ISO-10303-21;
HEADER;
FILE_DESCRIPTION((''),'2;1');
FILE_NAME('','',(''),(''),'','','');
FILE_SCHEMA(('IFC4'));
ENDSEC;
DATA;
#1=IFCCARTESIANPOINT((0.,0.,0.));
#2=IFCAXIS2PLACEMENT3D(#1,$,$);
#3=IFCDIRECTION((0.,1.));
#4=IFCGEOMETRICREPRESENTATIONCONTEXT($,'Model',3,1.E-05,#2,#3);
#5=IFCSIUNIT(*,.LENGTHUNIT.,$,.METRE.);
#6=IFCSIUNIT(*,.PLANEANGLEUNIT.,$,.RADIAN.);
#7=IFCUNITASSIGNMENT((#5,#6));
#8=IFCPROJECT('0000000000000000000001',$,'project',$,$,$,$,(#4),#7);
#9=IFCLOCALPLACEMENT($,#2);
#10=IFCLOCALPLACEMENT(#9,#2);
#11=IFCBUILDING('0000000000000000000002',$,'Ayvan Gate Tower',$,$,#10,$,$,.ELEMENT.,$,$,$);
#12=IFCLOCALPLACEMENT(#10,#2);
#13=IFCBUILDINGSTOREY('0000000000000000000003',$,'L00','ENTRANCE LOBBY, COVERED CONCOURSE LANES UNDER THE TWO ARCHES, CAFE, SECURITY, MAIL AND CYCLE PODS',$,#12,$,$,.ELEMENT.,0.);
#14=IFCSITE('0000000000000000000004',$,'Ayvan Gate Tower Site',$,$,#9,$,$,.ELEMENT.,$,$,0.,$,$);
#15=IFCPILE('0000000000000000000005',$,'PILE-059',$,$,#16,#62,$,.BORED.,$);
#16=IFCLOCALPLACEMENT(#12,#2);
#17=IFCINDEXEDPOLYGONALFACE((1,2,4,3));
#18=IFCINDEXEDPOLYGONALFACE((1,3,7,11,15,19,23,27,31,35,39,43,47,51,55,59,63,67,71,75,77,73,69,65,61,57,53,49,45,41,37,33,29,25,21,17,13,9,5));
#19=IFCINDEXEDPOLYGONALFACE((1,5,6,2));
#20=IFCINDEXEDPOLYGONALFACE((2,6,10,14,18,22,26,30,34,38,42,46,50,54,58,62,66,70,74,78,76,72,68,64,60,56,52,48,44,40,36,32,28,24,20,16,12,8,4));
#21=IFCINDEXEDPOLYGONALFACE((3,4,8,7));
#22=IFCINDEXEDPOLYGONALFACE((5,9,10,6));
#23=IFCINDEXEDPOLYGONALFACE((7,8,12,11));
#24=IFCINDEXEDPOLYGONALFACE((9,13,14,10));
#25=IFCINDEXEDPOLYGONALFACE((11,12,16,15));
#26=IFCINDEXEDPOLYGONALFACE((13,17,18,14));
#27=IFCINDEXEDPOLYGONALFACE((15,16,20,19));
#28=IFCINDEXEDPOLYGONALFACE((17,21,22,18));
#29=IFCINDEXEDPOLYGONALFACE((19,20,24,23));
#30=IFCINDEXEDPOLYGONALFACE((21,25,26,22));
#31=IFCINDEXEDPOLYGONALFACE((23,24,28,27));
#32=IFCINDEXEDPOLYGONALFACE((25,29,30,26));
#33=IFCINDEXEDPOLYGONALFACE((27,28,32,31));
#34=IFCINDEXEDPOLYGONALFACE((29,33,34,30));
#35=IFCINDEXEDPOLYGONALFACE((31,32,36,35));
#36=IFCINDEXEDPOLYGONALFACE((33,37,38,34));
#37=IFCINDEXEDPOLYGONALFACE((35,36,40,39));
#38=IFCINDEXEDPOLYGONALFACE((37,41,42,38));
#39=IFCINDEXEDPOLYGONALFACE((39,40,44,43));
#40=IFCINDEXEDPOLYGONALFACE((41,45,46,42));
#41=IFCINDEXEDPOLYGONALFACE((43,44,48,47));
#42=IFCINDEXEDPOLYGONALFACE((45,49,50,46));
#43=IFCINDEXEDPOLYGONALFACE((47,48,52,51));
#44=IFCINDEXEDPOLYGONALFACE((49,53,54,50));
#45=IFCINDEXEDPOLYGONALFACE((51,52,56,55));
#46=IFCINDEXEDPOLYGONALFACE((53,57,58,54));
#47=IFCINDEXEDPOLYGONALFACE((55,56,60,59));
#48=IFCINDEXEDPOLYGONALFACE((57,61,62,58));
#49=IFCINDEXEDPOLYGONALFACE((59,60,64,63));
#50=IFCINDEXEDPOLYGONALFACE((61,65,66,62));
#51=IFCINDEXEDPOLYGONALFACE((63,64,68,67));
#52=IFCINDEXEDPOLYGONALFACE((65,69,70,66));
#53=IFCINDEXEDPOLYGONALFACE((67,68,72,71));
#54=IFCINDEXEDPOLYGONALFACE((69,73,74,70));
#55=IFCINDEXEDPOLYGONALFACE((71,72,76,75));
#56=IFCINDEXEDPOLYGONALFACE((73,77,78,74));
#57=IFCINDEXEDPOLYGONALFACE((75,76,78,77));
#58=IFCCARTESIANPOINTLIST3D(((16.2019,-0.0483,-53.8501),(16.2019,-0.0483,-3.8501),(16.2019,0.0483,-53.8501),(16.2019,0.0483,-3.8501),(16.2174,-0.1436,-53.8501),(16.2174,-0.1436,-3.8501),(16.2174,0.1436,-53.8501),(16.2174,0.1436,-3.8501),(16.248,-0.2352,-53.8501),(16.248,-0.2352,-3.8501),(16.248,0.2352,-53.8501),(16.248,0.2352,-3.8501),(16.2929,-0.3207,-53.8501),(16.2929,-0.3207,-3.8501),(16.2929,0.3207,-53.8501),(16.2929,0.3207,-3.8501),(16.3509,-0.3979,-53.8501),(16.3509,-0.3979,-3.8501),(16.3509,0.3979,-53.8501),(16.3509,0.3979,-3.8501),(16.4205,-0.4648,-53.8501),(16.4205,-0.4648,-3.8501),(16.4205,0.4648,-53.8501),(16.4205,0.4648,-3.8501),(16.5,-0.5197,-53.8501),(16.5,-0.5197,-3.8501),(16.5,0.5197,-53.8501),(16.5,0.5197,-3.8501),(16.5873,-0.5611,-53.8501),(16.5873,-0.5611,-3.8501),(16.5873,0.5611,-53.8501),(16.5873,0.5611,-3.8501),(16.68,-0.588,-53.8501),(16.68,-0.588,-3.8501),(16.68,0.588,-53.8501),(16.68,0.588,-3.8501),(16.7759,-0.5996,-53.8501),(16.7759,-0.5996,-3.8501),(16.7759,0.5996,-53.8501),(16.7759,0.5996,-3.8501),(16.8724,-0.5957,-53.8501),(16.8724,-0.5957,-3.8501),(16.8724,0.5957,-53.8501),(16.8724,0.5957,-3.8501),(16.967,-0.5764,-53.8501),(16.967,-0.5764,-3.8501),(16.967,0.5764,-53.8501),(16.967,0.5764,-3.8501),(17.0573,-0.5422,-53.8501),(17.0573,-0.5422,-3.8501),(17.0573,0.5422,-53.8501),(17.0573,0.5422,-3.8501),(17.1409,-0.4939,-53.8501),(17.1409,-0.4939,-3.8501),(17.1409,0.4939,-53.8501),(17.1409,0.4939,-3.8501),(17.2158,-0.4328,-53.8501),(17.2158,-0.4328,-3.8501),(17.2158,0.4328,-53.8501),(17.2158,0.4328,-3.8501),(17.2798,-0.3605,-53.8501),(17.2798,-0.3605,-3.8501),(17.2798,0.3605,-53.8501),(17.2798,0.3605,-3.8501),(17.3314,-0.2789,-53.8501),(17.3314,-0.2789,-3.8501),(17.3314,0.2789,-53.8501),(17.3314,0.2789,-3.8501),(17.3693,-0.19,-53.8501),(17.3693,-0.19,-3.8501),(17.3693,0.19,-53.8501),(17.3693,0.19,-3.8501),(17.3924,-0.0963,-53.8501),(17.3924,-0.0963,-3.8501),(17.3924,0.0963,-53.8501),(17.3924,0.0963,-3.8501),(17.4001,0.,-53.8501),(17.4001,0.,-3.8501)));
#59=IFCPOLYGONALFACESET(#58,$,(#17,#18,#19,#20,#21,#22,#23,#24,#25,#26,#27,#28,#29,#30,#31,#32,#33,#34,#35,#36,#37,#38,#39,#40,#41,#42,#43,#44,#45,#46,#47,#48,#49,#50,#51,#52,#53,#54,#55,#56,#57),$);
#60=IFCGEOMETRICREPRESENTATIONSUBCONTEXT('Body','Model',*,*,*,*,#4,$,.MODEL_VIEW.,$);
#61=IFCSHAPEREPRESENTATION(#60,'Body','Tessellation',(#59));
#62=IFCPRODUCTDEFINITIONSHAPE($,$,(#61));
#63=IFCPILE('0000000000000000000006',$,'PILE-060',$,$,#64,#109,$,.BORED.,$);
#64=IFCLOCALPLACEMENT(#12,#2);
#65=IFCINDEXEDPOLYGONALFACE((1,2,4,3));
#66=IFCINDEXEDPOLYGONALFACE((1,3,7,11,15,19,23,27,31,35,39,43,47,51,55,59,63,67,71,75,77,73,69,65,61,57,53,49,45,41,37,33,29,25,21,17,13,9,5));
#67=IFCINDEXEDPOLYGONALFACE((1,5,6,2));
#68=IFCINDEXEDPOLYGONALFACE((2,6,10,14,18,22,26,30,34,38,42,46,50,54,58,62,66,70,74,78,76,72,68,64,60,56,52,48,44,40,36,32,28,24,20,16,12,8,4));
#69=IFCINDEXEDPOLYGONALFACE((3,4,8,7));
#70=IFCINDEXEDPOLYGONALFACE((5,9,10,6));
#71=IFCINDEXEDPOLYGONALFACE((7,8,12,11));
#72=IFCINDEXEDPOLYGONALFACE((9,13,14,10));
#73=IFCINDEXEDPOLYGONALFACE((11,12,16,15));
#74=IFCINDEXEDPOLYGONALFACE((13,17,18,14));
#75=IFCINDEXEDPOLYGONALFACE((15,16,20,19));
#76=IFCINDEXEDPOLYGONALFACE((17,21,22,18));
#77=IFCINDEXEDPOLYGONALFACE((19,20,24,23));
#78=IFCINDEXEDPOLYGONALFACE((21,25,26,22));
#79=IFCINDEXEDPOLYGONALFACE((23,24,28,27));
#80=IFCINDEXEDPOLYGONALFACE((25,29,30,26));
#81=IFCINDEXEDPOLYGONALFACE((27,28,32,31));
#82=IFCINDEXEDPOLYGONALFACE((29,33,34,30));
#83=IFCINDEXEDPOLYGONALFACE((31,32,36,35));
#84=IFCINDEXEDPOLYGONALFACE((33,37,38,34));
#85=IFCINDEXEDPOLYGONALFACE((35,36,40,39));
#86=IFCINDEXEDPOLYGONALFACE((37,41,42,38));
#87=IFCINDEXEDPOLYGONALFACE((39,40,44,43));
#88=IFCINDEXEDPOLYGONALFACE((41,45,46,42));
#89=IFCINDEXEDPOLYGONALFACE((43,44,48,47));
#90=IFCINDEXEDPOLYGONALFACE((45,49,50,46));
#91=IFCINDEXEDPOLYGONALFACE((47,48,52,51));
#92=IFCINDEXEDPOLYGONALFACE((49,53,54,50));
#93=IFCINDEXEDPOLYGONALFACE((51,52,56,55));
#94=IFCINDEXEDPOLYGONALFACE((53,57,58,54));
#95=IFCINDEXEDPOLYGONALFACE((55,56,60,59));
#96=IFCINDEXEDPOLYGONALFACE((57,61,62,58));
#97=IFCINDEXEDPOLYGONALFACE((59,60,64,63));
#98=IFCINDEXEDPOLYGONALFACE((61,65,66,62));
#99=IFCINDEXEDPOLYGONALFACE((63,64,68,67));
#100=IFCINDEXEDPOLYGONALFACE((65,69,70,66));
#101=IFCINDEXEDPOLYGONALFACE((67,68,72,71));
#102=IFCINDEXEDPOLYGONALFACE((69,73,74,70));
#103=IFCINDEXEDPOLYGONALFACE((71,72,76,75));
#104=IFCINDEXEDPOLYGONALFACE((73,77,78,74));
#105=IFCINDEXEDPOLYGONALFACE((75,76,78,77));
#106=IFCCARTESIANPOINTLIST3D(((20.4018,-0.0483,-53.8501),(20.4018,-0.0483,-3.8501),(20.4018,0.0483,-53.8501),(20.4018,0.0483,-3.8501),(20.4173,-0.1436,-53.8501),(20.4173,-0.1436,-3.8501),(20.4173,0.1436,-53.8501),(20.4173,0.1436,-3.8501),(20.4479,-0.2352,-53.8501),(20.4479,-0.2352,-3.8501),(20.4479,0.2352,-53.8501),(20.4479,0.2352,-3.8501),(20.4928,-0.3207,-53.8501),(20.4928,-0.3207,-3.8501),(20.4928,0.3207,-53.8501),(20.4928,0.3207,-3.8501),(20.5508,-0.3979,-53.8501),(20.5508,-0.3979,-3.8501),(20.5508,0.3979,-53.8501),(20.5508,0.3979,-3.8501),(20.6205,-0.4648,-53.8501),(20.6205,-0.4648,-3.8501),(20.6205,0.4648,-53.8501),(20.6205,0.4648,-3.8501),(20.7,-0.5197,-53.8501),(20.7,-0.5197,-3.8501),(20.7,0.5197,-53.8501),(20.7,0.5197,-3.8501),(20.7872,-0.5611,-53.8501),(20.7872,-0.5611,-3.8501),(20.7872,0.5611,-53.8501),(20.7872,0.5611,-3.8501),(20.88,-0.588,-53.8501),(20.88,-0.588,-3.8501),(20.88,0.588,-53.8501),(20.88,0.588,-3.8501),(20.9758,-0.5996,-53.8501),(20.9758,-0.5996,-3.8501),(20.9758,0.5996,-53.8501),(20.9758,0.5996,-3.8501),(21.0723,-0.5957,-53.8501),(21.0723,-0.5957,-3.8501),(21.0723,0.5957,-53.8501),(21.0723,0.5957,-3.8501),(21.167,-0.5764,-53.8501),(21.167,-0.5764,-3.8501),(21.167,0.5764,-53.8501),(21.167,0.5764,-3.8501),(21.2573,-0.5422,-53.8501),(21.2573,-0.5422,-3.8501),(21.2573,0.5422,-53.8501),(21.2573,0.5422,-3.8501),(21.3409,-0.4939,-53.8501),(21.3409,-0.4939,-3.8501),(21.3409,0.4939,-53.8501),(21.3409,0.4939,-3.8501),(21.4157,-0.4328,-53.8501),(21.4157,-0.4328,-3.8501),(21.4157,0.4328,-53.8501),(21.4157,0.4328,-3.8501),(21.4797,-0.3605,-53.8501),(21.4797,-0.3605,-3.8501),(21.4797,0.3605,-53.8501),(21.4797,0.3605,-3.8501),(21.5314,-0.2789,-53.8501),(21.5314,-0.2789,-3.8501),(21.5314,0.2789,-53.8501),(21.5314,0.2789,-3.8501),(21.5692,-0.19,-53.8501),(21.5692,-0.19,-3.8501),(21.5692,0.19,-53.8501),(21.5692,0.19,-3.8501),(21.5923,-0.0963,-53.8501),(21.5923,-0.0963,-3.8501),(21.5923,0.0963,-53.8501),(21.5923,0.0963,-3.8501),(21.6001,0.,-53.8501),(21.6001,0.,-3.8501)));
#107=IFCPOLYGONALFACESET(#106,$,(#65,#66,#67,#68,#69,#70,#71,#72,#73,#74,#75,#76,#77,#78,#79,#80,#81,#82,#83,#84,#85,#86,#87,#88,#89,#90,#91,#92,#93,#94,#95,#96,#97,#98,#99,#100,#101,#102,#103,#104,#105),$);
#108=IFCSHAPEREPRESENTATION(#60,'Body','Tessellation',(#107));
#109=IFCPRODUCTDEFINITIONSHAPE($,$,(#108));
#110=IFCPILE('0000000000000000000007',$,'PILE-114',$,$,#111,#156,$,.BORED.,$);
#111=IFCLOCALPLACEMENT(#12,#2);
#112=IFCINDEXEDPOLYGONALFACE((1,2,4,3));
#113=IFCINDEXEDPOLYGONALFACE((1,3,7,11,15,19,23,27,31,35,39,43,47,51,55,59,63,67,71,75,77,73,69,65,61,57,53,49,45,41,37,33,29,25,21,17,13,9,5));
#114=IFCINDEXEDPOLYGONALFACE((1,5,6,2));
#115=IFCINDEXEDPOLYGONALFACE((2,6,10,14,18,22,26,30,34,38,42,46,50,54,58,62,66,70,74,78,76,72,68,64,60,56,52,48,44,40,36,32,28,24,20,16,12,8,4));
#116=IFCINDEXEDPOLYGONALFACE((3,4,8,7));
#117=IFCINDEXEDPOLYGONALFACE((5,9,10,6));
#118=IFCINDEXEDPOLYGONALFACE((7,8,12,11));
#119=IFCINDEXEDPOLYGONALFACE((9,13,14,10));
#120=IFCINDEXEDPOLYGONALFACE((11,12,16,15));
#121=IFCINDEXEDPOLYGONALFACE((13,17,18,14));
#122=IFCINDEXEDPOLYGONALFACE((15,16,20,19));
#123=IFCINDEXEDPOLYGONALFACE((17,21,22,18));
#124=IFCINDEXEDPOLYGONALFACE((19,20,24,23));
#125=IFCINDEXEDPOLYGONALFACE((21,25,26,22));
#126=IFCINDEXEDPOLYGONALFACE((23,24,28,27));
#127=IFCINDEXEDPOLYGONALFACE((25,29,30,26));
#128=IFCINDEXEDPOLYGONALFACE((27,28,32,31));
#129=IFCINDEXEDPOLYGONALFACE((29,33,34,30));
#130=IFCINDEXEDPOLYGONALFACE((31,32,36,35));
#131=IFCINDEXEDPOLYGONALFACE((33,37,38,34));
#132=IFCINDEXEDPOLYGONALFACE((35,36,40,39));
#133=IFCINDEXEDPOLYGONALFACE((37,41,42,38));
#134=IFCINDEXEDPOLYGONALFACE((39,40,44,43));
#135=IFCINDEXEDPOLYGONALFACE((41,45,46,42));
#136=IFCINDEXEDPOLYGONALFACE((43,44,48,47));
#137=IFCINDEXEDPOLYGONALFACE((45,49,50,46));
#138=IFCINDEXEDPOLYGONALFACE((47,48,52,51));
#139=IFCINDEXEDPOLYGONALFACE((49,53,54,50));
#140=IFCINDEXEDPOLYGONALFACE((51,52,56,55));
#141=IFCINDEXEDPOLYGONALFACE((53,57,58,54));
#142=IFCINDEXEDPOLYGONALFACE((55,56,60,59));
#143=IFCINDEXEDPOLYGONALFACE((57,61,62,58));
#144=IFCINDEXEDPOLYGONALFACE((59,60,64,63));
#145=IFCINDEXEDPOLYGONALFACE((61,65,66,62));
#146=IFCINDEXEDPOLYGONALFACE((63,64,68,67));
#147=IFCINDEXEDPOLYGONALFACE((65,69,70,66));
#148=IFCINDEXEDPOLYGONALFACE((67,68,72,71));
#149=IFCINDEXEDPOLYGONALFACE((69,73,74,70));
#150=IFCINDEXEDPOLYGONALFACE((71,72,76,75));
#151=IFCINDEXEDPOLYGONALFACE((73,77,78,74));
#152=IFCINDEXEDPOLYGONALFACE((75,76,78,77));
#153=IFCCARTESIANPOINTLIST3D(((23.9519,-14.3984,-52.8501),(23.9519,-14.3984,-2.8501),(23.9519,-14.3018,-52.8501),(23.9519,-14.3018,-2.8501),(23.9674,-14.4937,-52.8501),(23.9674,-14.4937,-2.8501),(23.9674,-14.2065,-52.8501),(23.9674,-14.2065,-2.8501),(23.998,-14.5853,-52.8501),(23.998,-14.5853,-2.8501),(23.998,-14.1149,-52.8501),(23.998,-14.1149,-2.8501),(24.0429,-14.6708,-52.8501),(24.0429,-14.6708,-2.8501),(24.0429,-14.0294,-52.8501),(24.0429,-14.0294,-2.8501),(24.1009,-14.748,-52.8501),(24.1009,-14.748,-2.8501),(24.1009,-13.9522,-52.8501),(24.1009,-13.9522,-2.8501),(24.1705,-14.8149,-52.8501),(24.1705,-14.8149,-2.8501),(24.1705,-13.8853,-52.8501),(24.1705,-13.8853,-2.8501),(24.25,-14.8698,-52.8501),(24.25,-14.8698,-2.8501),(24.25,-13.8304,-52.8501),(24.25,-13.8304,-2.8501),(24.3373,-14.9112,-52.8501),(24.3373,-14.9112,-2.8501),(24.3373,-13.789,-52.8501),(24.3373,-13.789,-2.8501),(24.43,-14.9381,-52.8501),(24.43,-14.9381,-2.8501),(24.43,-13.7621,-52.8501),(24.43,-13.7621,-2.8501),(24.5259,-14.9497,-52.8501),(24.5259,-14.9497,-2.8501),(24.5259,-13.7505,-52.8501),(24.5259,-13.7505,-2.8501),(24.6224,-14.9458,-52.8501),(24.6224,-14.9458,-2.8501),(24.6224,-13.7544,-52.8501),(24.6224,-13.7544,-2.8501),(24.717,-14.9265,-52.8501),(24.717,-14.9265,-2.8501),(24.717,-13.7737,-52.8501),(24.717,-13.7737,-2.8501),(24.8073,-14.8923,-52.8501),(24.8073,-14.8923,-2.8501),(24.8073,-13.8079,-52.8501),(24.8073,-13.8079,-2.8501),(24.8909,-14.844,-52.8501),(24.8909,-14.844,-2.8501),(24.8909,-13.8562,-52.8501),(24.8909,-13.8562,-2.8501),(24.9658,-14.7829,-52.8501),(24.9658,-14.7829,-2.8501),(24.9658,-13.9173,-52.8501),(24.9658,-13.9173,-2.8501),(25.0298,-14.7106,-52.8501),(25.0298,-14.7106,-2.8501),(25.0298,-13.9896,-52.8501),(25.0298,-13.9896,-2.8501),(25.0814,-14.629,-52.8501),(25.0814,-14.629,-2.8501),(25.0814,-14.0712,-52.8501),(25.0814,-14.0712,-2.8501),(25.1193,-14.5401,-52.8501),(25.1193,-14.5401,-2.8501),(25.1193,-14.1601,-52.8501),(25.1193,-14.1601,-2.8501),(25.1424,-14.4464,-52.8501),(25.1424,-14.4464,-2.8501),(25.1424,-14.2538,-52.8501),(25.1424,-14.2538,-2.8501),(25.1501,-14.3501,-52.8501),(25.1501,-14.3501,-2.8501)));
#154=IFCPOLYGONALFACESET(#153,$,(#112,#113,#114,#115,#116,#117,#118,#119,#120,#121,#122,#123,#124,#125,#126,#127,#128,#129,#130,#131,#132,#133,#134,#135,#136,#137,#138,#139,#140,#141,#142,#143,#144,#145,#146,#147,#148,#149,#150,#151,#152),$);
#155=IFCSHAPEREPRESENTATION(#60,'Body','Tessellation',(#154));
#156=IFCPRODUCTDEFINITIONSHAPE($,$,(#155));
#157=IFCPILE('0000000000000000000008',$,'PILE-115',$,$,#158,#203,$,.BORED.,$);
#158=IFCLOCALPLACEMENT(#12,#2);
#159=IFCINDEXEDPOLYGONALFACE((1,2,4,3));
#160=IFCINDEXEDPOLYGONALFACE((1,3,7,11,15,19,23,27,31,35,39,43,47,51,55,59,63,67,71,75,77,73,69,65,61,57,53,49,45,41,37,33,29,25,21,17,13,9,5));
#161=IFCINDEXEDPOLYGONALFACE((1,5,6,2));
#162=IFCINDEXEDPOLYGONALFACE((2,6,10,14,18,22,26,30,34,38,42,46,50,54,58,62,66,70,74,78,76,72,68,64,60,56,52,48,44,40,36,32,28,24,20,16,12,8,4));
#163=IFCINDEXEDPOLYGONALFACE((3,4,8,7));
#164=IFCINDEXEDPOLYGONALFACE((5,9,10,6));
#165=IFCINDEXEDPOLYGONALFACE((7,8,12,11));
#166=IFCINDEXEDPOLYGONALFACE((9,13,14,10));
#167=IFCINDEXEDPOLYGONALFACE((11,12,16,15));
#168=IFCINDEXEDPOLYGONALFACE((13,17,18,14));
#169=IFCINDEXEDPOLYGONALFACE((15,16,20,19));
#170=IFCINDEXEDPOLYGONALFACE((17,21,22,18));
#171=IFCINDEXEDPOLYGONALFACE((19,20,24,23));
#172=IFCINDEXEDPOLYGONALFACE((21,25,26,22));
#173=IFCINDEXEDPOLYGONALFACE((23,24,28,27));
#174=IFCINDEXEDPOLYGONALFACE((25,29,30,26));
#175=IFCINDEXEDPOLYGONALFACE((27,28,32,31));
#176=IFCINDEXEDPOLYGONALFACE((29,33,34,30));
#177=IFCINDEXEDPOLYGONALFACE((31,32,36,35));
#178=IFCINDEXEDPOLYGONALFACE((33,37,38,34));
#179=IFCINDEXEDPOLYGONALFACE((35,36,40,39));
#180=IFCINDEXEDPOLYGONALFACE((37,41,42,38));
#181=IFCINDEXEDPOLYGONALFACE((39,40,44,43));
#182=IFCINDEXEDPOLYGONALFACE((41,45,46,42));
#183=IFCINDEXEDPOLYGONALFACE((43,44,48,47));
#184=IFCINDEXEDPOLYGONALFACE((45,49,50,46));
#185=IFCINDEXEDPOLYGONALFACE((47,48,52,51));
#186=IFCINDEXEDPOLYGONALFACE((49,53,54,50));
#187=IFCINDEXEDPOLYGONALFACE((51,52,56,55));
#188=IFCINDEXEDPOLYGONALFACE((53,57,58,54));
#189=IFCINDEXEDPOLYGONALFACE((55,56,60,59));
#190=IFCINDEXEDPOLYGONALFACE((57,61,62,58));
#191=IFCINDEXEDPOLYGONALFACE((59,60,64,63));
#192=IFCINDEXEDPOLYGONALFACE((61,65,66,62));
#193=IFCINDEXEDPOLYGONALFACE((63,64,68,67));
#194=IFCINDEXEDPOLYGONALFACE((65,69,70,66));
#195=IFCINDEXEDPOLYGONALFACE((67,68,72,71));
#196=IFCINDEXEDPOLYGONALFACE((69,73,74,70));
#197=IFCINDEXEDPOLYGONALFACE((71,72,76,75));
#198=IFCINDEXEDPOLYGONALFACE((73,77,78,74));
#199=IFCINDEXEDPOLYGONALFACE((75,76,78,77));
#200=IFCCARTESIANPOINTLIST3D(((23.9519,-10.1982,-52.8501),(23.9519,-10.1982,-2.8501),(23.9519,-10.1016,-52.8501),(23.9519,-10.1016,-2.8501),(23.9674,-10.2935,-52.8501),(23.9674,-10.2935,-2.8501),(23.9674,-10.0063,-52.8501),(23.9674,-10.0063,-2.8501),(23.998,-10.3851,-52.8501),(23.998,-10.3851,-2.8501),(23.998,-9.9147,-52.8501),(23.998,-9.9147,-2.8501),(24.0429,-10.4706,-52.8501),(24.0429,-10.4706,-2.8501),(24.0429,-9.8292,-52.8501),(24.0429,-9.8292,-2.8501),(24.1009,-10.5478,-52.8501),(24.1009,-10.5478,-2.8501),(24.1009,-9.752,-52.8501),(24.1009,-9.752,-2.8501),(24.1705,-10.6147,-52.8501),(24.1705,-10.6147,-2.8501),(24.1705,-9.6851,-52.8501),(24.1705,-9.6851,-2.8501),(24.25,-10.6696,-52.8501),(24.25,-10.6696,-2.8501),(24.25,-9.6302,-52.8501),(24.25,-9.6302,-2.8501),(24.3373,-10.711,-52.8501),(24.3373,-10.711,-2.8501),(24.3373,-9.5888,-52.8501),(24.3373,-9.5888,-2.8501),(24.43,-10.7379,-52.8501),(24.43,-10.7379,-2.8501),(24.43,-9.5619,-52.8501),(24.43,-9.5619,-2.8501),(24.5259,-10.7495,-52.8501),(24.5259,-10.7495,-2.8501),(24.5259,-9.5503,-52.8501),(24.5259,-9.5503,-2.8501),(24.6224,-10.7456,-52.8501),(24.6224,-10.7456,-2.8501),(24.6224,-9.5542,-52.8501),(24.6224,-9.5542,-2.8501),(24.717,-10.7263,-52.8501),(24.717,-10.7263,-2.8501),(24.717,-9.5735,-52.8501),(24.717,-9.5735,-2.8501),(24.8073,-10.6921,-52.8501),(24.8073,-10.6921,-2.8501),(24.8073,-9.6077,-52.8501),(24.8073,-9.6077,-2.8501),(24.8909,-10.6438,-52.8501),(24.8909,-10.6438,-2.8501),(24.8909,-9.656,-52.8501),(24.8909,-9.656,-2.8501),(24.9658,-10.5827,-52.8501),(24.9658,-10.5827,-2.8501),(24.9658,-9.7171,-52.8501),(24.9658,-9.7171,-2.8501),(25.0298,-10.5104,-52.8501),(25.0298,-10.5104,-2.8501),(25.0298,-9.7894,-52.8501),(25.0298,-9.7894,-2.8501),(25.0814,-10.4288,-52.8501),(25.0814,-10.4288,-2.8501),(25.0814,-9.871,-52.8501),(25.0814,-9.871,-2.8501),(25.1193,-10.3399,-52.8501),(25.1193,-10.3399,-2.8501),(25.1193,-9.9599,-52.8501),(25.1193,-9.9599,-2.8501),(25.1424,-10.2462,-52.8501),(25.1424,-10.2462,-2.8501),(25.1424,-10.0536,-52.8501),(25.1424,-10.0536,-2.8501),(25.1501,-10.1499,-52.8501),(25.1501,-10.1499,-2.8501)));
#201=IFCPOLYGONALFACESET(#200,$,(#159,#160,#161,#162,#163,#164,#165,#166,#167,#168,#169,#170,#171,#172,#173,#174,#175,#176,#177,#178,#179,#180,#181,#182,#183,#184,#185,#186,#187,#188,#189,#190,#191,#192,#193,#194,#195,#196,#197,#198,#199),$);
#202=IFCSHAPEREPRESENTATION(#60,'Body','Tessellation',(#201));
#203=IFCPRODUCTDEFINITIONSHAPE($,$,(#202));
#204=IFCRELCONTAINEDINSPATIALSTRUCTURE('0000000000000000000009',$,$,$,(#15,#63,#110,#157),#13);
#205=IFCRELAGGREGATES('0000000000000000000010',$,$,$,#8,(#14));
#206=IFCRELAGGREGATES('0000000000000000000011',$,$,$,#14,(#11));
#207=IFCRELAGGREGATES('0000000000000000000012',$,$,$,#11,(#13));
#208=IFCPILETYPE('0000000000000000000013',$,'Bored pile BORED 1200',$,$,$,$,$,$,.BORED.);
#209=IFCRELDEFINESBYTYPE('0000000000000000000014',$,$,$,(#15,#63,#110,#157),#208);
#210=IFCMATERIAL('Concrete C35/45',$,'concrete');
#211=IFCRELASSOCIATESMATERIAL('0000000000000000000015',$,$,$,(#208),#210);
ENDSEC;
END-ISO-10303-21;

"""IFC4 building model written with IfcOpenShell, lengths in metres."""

from ifc_helpers import new_model, si_unit, direction, frame, origin, origin_2d, place, context, subcontext, project, spatial, circle, extrude, material, material_profile, profile_set, type_object, element, save


model = new_model("IFC4")

# Units and contexts
model_context = context("Model", 3, precision=1e-05, world=origin(), true_north=direction((0.0, 1.0)))
body_context = subcontext(model_context, "Body", "Model", "MODEL_VIEW")
ifc_project = project(units=[si_unit("LENGTHUNIT", "METRE"), si_unit("PLANEANGLEUNIT", "RADIAN")], contexts=[model_context])

# Site, building, storey
site_placement = place(None, origin())
site = spatial("IfcSite", under=ifc_project, at=site_placement, Name="Ayvan Gate Tower Site", CompositionType="ELEMENT", RefElevation=0.0)
building_placement = place(site_placement, origin())
building = spatial("IfcBuilding", under=site, at=building_placement, Name="Ayvan Gate Tower", CompositionType="ELEMENT")
storey_placement = place(building_placement, origin())
storey = spatial("IfcBuildingStorey", under=building, at=storey_placement, Name="L00", Description="ENTRANCE LOBBY, COVERED CONCOURSE LANES UNDER THE TWO ARCHES, CAFE, SECURITY, MAIL AND CYCLE PODS", CompositionType="ELEMENT", Elevation=0.0)

# Piles
ifc_material_1 = material(Name="Concrete C35/45", Category="concrete")
ifc_material_profile_1 = material_profile(ifc_material_1, circle(Radius=0.6001, at=origin_2d()), Name="BORED 1200")
ifc_profile_set_1 = profile_set([ifc_material_profile_1], Name="Concrete C35/45")
pile_type = type_object("IfcPileType", Name="Bored pile BORED 1200", PredefinedType="BORED", material=ifc_profile_set_1)
for number, where, z_axis, x_axis, name in (
    (1, (16.8, 0.0, -3.8501), (0.0, 0.0, -1.0), (1.0, 0.0, 0.0), "PILE-059"),
    (2, (21.0, 0.0, -3.8501), (0.0, 0.0, -1.0), (1.0, 0.0, 0.0), "PILE-060"),
    (3, (24.55, -14.3501, -2.8501), (0.0, 0.0, -1.0), (1.0, 0.0, 0.0), "PILE-114"),
    (4, (24.55, -10.1499, -2.8501), (0.0, 0.0, -1.0), (1.0, 0.0, 0.0), "PILE-115"),
):
    element("IfcPile", number, at=place(storey_placement, frame(where, z_axis=z_axis, x_axis=x_axis)), inside=storey, type_object=pile_type, Name=name, PredefinedType="BORED", context=body_context, shape_type="SweptSolid", body=[
        extrude(circle(Radius=0.6001, at=origin_2d()), origin(), (0.0, 0.0, 1.0), 50.0),
    ])

save(model, "model.ifc")
